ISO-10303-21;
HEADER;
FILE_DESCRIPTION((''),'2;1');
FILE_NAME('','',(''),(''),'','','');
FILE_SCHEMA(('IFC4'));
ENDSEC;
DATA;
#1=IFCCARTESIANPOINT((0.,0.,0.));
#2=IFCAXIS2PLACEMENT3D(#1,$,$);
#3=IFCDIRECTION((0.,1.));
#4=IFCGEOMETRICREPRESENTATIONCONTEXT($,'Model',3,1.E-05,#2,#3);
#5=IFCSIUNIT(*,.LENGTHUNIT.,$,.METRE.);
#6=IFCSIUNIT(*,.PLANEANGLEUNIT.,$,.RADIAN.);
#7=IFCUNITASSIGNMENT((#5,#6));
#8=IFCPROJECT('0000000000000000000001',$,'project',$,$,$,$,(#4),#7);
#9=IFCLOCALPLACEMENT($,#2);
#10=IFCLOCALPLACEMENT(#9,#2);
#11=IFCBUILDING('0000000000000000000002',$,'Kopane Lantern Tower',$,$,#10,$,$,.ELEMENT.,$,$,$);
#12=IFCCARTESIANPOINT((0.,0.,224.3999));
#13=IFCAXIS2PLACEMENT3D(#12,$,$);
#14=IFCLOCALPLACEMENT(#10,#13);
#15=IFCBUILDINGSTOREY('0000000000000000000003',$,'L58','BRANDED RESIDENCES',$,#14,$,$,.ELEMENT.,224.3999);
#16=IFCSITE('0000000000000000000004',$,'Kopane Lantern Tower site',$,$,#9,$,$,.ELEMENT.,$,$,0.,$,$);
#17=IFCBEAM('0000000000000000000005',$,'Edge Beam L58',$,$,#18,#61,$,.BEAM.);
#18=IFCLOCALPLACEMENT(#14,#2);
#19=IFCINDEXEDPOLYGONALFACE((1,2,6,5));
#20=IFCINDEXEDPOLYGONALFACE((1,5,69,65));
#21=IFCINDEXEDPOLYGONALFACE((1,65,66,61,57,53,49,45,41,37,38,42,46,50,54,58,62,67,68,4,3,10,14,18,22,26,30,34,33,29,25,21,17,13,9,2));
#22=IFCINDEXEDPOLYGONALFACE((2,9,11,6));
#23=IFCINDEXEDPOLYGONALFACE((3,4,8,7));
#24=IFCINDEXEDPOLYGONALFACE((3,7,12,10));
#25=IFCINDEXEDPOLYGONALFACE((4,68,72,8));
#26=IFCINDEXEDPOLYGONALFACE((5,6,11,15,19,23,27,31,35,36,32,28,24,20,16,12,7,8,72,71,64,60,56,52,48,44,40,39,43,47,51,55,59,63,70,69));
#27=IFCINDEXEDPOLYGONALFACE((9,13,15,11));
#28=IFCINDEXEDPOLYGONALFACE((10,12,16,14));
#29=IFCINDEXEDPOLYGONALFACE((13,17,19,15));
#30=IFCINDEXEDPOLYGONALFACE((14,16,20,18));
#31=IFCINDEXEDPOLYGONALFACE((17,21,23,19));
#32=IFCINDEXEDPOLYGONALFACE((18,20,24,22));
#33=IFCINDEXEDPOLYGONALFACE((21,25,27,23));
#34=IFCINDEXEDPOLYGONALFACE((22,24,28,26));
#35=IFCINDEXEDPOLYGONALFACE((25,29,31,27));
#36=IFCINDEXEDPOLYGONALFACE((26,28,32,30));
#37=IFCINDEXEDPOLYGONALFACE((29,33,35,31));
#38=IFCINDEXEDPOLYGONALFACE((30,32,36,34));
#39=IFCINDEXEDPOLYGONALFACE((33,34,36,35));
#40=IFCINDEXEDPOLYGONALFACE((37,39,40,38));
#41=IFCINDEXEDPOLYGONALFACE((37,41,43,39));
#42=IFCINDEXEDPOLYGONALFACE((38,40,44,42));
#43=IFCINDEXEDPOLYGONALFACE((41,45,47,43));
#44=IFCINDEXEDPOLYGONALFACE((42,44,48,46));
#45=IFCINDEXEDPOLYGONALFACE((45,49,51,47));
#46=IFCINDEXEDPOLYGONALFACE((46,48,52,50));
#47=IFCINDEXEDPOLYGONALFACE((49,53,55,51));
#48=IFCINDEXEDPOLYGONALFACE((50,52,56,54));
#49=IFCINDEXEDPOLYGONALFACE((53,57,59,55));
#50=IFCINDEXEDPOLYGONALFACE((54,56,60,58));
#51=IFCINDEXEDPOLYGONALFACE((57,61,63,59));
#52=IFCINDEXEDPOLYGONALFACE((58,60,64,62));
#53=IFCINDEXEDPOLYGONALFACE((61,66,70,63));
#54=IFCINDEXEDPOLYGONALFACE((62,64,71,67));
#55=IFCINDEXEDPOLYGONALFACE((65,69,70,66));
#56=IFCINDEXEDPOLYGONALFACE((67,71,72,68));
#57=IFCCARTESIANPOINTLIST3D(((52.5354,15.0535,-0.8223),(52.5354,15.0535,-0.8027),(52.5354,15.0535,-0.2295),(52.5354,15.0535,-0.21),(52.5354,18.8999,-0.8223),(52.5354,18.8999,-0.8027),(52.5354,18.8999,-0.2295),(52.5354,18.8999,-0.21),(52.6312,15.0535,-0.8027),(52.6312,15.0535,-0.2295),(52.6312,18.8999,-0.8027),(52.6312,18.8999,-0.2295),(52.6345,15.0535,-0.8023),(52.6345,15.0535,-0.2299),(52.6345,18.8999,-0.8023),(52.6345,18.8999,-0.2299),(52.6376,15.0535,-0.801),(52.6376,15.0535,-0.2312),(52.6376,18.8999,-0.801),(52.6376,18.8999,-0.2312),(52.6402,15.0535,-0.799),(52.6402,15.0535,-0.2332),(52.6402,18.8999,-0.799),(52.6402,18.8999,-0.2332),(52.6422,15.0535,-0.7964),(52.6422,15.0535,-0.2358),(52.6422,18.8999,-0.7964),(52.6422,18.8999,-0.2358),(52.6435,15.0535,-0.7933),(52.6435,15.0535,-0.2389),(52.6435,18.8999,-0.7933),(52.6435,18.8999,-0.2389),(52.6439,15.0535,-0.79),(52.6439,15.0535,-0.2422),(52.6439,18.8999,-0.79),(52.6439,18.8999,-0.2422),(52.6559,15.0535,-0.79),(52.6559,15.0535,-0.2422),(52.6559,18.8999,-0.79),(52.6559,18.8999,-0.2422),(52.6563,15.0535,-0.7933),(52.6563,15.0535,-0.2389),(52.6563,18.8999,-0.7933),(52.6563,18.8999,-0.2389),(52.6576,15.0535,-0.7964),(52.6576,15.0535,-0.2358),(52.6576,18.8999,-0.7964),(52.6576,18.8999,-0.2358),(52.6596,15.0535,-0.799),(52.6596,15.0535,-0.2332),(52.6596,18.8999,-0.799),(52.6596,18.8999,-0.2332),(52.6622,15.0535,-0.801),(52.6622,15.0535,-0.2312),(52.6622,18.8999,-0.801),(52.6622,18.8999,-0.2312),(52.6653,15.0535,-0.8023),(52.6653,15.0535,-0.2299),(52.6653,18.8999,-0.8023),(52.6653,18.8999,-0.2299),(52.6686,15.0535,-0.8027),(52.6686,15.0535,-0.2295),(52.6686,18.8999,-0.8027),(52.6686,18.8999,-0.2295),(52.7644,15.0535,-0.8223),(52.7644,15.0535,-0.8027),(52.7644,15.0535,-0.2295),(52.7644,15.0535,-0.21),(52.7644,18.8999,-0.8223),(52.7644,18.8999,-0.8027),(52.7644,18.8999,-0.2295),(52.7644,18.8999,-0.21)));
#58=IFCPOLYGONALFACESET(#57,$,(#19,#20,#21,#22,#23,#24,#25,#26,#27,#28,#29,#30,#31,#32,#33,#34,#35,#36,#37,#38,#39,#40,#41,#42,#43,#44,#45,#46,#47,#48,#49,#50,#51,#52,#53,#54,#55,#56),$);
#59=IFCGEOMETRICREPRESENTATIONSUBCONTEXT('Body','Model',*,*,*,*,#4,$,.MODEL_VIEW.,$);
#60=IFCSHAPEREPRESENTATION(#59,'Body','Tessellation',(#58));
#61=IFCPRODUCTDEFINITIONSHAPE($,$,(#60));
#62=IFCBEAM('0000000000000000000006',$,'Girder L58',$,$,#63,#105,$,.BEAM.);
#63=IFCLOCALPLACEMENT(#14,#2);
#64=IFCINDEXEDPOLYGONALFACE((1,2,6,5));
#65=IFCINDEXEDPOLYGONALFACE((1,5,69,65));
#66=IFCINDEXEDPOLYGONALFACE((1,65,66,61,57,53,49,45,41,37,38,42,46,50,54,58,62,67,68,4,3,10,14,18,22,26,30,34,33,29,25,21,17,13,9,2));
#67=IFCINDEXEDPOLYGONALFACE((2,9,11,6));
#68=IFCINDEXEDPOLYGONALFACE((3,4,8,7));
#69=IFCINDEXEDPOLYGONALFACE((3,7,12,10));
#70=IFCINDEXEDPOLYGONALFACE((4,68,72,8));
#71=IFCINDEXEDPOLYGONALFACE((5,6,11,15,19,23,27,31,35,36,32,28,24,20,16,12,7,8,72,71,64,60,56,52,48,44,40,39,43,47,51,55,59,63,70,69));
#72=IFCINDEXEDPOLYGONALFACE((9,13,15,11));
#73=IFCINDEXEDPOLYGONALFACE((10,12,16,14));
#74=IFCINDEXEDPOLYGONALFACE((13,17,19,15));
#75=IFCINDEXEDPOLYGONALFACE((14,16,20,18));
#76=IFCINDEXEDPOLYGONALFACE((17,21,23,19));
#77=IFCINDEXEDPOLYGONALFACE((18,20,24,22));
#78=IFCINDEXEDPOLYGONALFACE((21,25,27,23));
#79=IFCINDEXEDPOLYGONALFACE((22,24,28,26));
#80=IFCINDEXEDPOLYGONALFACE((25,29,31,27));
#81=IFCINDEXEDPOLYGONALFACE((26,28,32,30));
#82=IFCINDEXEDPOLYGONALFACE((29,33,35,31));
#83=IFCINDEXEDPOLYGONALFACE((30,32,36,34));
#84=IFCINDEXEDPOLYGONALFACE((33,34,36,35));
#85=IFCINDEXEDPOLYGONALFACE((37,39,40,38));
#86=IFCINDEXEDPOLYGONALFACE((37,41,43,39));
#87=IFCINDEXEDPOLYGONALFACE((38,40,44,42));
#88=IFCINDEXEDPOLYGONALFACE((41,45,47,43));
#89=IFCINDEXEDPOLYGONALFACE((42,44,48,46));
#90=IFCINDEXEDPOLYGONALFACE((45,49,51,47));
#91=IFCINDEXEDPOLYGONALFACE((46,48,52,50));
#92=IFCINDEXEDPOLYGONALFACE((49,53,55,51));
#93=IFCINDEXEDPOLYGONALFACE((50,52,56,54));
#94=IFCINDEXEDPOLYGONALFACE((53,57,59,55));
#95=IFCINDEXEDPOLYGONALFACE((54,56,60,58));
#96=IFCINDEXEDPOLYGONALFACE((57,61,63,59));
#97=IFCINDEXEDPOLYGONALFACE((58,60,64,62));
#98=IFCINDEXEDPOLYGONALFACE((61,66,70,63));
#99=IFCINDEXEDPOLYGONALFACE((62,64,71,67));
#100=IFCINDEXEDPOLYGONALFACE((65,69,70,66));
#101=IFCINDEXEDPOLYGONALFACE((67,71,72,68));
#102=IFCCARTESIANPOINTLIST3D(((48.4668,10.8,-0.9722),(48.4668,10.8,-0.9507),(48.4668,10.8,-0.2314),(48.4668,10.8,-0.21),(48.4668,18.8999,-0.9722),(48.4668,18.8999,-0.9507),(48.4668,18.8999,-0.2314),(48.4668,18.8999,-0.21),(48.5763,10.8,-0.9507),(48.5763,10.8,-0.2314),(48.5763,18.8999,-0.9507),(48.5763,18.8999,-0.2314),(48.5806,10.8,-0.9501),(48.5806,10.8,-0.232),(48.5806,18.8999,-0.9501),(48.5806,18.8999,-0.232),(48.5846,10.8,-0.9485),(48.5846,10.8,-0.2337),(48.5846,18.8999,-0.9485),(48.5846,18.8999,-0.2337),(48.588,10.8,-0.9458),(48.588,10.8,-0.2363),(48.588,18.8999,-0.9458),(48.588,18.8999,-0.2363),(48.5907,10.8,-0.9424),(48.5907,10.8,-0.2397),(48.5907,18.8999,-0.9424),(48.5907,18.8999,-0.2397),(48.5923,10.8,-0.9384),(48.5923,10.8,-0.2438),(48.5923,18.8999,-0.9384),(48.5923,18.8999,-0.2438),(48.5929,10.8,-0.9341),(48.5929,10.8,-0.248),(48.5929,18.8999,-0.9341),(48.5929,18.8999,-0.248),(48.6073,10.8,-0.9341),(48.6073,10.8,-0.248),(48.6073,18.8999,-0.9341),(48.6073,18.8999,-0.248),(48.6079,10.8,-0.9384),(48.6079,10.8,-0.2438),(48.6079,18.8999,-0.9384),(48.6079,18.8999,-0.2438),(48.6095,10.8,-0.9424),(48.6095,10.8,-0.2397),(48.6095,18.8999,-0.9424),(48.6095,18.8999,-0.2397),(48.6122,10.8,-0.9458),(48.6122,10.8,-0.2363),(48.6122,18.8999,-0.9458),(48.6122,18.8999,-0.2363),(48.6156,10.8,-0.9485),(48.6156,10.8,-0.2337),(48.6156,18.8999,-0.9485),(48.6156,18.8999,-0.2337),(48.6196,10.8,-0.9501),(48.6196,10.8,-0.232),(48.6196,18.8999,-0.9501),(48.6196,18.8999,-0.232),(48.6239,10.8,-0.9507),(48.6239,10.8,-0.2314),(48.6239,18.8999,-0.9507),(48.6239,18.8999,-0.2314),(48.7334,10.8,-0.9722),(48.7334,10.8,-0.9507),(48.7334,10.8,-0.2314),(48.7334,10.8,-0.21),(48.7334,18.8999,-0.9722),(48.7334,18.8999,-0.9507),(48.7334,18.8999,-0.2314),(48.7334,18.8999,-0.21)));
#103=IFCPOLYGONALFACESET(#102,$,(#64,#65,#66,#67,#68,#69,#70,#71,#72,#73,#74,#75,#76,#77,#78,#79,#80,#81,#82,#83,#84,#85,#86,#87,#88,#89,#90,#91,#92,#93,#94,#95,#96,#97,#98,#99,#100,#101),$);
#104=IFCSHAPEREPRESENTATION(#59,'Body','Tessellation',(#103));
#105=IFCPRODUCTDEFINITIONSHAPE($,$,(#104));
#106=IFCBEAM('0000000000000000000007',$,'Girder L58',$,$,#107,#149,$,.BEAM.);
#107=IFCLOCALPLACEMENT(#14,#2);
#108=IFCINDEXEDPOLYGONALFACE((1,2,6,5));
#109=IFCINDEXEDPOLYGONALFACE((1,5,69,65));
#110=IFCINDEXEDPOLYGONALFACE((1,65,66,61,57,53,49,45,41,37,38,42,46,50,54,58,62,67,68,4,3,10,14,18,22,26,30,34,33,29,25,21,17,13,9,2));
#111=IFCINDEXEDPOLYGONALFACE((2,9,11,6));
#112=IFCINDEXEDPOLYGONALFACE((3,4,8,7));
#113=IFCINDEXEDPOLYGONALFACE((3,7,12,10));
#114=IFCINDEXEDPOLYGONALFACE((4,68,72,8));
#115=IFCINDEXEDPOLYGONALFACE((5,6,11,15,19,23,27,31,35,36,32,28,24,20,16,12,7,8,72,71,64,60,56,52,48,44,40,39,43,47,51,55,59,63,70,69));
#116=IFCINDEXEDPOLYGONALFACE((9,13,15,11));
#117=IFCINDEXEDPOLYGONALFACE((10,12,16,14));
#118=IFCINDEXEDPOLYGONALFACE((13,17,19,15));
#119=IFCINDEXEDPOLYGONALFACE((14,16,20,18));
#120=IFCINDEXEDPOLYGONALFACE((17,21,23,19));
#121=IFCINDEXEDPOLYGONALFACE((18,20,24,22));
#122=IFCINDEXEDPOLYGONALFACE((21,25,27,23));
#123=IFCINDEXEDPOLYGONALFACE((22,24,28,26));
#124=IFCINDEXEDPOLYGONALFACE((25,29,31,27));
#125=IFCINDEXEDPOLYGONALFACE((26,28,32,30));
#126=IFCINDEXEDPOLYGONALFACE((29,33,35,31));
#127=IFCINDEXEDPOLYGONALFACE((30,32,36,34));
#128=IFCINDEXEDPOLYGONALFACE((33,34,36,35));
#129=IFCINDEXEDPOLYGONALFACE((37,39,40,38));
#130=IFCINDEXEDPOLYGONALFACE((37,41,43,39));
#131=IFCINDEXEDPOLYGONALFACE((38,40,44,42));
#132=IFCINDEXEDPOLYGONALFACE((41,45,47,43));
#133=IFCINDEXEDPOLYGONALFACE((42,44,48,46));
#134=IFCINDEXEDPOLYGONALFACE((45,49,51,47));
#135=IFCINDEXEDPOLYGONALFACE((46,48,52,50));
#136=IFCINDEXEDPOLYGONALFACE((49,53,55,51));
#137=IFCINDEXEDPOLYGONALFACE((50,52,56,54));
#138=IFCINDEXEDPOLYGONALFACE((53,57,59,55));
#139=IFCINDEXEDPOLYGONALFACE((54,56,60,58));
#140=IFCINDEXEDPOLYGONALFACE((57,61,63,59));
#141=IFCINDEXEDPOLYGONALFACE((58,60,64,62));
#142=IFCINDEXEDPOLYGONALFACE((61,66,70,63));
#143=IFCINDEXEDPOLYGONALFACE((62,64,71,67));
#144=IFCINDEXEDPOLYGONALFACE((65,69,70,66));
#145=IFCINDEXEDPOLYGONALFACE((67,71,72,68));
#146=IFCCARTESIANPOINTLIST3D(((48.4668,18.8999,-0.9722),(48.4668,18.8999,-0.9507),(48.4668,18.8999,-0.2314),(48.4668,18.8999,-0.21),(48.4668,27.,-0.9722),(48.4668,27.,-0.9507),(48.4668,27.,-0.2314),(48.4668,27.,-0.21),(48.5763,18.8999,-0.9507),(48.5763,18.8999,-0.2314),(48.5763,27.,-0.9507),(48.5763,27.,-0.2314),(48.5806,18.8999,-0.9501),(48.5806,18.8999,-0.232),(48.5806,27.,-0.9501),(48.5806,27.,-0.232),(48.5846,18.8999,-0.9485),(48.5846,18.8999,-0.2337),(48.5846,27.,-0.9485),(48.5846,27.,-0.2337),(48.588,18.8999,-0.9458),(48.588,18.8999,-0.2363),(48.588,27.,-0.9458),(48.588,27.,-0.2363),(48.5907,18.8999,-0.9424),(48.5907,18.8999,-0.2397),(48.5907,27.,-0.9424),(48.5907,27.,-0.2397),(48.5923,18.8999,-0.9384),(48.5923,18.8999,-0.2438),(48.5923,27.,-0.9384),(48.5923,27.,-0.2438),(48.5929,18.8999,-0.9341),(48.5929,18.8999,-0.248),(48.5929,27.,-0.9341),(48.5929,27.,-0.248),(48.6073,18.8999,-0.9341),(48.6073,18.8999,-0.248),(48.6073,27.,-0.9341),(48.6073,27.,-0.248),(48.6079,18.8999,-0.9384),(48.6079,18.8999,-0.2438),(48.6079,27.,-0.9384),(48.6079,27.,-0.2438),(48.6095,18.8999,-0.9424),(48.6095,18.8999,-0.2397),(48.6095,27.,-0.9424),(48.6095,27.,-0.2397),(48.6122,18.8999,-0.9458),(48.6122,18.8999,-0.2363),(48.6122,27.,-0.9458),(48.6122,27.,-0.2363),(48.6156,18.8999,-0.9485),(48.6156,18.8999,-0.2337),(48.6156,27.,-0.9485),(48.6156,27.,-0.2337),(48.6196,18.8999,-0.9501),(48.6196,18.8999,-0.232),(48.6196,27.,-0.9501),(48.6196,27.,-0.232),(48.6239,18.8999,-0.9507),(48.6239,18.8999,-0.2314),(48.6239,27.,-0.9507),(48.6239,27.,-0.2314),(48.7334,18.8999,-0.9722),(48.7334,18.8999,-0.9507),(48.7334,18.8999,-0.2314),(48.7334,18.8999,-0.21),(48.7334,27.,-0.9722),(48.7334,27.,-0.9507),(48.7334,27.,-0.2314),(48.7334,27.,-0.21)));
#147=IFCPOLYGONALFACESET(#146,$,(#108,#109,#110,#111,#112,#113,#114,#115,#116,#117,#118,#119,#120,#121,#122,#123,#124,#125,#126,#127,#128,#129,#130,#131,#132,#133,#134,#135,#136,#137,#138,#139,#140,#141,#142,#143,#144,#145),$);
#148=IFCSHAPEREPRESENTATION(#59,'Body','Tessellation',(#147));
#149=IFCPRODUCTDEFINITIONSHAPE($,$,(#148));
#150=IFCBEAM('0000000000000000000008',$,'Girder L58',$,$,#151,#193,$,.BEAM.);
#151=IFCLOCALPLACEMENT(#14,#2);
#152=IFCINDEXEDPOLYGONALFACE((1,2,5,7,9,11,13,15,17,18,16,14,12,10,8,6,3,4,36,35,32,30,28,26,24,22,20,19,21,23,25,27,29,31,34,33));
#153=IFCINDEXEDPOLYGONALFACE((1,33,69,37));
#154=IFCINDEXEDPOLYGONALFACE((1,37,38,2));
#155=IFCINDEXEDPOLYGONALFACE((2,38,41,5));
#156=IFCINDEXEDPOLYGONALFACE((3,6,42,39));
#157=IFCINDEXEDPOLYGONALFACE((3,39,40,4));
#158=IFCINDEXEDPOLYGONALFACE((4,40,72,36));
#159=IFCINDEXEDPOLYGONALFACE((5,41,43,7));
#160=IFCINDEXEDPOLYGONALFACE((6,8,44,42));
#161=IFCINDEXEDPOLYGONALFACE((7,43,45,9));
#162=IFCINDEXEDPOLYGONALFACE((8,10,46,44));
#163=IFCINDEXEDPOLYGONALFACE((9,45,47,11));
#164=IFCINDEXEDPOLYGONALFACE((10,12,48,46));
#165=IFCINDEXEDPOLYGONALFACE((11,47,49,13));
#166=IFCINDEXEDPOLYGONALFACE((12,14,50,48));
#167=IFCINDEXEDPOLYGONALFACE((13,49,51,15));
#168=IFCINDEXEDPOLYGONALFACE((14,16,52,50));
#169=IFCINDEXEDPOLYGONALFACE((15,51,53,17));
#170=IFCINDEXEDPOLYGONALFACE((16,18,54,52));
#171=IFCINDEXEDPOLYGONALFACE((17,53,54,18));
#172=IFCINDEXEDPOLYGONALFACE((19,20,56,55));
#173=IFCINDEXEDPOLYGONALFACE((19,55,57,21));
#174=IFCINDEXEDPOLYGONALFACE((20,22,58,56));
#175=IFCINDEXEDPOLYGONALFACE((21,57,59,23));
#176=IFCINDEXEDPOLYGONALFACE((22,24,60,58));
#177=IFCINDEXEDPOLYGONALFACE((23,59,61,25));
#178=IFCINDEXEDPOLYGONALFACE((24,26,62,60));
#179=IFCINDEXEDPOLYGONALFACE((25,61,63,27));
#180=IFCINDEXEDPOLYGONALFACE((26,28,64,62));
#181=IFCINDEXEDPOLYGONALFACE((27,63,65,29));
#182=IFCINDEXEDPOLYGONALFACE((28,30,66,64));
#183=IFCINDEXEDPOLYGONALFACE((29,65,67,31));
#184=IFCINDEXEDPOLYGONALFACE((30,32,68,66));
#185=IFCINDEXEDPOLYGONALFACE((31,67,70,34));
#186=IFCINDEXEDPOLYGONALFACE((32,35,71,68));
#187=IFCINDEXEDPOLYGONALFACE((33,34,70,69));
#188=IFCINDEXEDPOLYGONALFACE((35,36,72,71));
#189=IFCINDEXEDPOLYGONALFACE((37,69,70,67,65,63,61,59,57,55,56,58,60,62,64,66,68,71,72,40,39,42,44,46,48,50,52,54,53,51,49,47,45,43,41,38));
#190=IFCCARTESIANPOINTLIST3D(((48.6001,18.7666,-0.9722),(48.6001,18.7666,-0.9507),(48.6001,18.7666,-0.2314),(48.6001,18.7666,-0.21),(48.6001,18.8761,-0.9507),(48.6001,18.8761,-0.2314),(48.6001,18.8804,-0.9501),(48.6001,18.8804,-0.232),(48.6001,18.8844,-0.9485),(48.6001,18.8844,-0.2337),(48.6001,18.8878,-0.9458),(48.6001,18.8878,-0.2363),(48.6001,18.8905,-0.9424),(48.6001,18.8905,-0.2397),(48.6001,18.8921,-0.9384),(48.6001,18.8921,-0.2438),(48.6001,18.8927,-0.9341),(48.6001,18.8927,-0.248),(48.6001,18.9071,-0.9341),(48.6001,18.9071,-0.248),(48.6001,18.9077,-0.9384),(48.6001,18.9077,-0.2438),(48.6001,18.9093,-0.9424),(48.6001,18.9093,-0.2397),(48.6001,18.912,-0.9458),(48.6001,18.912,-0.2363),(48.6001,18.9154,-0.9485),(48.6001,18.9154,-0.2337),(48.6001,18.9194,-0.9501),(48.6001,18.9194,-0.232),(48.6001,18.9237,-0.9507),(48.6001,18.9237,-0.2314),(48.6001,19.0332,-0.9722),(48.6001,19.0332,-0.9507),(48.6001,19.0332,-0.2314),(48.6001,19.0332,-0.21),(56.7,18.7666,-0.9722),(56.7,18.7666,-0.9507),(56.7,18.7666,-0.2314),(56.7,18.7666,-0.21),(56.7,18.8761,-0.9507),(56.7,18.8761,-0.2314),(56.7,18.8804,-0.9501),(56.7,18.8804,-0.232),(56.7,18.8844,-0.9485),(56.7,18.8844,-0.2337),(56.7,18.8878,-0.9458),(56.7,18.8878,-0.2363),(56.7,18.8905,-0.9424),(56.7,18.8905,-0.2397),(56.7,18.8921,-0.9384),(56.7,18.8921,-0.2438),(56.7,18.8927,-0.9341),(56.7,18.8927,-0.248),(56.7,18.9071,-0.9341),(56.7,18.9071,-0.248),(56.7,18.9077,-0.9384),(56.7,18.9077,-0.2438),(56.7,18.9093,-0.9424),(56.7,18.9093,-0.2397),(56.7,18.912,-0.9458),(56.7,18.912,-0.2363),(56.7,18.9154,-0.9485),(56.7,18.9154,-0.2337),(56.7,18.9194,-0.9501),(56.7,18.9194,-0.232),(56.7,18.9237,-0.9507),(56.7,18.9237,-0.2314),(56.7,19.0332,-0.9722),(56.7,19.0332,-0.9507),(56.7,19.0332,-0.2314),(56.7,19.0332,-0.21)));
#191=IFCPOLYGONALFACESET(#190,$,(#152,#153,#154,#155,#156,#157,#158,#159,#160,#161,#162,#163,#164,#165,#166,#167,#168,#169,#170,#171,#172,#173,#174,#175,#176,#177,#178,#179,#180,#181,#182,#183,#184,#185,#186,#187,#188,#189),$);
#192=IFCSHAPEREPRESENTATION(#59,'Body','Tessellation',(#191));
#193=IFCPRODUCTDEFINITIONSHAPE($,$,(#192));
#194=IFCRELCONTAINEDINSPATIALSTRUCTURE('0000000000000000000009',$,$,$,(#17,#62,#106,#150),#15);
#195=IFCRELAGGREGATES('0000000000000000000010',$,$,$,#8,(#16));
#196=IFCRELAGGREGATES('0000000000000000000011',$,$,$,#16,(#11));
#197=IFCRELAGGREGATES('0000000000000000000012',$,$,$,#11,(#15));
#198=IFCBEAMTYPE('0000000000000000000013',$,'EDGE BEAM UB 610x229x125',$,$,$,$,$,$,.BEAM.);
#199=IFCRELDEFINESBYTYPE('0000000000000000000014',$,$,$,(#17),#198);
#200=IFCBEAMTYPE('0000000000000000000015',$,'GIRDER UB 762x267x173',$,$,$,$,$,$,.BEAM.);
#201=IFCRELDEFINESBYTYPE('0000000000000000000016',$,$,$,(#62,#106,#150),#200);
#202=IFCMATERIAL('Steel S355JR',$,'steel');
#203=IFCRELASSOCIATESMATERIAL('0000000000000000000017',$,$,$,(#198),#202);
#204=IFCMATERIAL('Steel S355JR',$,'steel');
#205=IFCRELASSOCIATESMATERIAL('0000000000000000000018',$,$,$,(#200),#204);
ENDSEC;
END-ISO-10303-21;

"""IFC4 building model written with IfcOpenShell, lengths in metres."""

from ifc_helpers import new_model, si_unit, direction, frame, origin, origin_2d, place, context, subcontext, project, spatial, i_section, extrude, material, material_profile, profile_set, type_object, element, save


model = new_model("IFC4")

# Units and contexts
model_context = context("Model", 3, precision=1e-05, world=origin(), true_north=direction((0.0, 1.0)))
body_context = subcontext(model_context, "Body", "Model", "MODEL_VIEW")
ifc_project = project(units=[si_unit("LENGTHUNIT", "METRE"), si_unit("PLANEANGLEUNIT", "RADIAN")], contexts=[model_context])

# Site, building, storey
site_placement = place(None, origin())
site = spatial("IfcSite", under=ifc_project, at=site_placement, Name="Kopane Lantern Tower site", CompositionType="ELEMENT", RefElevation=0.0)
building_placement = place(site_placement, origin())
building = spatial("IfcBuilding", under=site, at=building_placement, Name="Kopane Lantern Tower", CompositionType="ELEMENT")
storey_placement = place(building_placement, frame((0.0, 0.0, 224.3999)))
storey = spatial("IfcBuildingStorey", under=building, at=storey_placement, Name="L58", Description="BRANDED RESIDENCES", CompositionType="ELEMENT", Elevation=224.3999)

# Beams
ifc_material_1 = material(Name="Steel S355JR", Category="steel")
ifc_material_profile_1 = material_profile(ifc_material_1, i_section(OverallWidth=0.229, OverallDepth=0.6123, WebThickness=0.012, FlangeThickness=0.0195, FilletRadius=0.0127, at=origin_2d()), Name="UB 610x229x125")
ifc_profile_set_1 = profile_set([ifc_material_profile_1], Name="Steel S355JR")
beam_type_1 = type_object("IfcBeamType", Name="EDGE BEAM UB 610x229x125", PredefinedType="BEAM", material=ifc_profile_set_1)
for number, where, z_axis, x_axis, name in (
    (1, (52.6499, 15.0535, -0.5161), (0.0, 1.0, 0.0), (-1.0, 0.0, 0.0), "Edge Beam L58"),
):
    element("IfcBeam", number, at=place(storey_placement, frame(where, z_axis=z_axis, x_axis=x_axis)), inside=storey, type_object=beam_type_1, Name=name, PredefinedType="BEAM", context=body_context, shape_type="SweptSolid", body=[
        extrude(i_section(OverallWidth=0.229, OverallDepth=0.6123, WebThickness=0.012, FlangeThickness=0.0195, FilletRadius=0.0127, at=origin_2d()), origin(), (0.0, 0.0, 1.0), 3.8464),
    ])
ifc_material_2 = material(Name="Steel S355JR", Category="steel")
ifc_material_profile_2 = material_profile(ifc_material_2, i_section(OverallWidth=0.2666, OverallDepth=0.7622, WebThickness=0.0144, FlangeThickness=0.0215, FilletRadius=0.0166, at=origin_2d()), Name="UB 762x267x173")
ifc_profile_set_2 = profile_set([ifc_material_profile_2], Name="Steel S355JR")
beam_type_2 = type_object("IfcBeamType", Name="GIRDER UB 762x267x173", PredefinedType="BEAM", material=ifc_profile_set_2)
beam_1_placement = place(storey_placement, frame((48.6001, 10.8, -0.5911), z_axis=(0.0, 1.0, 0.0), x_axis=(-1.0, 0.0, 0.0)))
element("IfcBeam", 2, at=beam_1_placement, inside=storey, type_object=beam_type_2, Name="Girder L58", PredefinedType="BEAM", context=body_context, shape_type="SweptSolid", body=[
    extrude(i_section(OverallWidth=0.2666, OverallDepth=0.7622, WebThickness=0.0144, FlangeThickness=0.0215, FilletRadius=0.0166, at=origin_2d()), origin(), (0.0, 0.0, 1.0), 8.0999),
])
beam_2_placement = place(storey_placement, frame((48.6001, 18.8999, -0.5911), z_axis=(0.0, 1.0, 0.0), x_axis=(-1.0, 0.0, 0.0)))
element("IfcBeam", 3, at=beam_2_placement, inside=storey, type_object=beam_type_2, Name="Girder L58", PredefinedType="BEAM", context=body_context, shape_type="SweptSolid", body=[
    extrude(i_section(OverallWidth=0.2666, OverallDepth=0.7622, WebThickness=0.0144, FlangeThickness=0.0215, FilletRadius=0.0166, at=origin_2d()), origin(), (0.0, 0.0, 1.0), 8.1001),
])
beam_3_placement = place(storey_placement, frame((48.6001, 18.8999, -0.5911), z_axis=(1.0, 0.0, 0.0), x_axis=(0.0, 1.0, 0.0)))
element("IfcBeam", 4, at=beam_3_placement, inside=storey, type_object=beam_type_2, Name="Girder L58", PredefinedType="BEAM", context=body_context, shape_type="SweptSolid", body=[
    extrude(i_section(OverallWidth=0.2666, OverallDepth=0.7622, WebThickness=0.0144, FlangeThickness=0.0215, FilletRadius=0.0166, at=origin_2d()), origin(), (0.0, 0.0, 1.0), 8.0999),
])

save(model, "model.ifc")
